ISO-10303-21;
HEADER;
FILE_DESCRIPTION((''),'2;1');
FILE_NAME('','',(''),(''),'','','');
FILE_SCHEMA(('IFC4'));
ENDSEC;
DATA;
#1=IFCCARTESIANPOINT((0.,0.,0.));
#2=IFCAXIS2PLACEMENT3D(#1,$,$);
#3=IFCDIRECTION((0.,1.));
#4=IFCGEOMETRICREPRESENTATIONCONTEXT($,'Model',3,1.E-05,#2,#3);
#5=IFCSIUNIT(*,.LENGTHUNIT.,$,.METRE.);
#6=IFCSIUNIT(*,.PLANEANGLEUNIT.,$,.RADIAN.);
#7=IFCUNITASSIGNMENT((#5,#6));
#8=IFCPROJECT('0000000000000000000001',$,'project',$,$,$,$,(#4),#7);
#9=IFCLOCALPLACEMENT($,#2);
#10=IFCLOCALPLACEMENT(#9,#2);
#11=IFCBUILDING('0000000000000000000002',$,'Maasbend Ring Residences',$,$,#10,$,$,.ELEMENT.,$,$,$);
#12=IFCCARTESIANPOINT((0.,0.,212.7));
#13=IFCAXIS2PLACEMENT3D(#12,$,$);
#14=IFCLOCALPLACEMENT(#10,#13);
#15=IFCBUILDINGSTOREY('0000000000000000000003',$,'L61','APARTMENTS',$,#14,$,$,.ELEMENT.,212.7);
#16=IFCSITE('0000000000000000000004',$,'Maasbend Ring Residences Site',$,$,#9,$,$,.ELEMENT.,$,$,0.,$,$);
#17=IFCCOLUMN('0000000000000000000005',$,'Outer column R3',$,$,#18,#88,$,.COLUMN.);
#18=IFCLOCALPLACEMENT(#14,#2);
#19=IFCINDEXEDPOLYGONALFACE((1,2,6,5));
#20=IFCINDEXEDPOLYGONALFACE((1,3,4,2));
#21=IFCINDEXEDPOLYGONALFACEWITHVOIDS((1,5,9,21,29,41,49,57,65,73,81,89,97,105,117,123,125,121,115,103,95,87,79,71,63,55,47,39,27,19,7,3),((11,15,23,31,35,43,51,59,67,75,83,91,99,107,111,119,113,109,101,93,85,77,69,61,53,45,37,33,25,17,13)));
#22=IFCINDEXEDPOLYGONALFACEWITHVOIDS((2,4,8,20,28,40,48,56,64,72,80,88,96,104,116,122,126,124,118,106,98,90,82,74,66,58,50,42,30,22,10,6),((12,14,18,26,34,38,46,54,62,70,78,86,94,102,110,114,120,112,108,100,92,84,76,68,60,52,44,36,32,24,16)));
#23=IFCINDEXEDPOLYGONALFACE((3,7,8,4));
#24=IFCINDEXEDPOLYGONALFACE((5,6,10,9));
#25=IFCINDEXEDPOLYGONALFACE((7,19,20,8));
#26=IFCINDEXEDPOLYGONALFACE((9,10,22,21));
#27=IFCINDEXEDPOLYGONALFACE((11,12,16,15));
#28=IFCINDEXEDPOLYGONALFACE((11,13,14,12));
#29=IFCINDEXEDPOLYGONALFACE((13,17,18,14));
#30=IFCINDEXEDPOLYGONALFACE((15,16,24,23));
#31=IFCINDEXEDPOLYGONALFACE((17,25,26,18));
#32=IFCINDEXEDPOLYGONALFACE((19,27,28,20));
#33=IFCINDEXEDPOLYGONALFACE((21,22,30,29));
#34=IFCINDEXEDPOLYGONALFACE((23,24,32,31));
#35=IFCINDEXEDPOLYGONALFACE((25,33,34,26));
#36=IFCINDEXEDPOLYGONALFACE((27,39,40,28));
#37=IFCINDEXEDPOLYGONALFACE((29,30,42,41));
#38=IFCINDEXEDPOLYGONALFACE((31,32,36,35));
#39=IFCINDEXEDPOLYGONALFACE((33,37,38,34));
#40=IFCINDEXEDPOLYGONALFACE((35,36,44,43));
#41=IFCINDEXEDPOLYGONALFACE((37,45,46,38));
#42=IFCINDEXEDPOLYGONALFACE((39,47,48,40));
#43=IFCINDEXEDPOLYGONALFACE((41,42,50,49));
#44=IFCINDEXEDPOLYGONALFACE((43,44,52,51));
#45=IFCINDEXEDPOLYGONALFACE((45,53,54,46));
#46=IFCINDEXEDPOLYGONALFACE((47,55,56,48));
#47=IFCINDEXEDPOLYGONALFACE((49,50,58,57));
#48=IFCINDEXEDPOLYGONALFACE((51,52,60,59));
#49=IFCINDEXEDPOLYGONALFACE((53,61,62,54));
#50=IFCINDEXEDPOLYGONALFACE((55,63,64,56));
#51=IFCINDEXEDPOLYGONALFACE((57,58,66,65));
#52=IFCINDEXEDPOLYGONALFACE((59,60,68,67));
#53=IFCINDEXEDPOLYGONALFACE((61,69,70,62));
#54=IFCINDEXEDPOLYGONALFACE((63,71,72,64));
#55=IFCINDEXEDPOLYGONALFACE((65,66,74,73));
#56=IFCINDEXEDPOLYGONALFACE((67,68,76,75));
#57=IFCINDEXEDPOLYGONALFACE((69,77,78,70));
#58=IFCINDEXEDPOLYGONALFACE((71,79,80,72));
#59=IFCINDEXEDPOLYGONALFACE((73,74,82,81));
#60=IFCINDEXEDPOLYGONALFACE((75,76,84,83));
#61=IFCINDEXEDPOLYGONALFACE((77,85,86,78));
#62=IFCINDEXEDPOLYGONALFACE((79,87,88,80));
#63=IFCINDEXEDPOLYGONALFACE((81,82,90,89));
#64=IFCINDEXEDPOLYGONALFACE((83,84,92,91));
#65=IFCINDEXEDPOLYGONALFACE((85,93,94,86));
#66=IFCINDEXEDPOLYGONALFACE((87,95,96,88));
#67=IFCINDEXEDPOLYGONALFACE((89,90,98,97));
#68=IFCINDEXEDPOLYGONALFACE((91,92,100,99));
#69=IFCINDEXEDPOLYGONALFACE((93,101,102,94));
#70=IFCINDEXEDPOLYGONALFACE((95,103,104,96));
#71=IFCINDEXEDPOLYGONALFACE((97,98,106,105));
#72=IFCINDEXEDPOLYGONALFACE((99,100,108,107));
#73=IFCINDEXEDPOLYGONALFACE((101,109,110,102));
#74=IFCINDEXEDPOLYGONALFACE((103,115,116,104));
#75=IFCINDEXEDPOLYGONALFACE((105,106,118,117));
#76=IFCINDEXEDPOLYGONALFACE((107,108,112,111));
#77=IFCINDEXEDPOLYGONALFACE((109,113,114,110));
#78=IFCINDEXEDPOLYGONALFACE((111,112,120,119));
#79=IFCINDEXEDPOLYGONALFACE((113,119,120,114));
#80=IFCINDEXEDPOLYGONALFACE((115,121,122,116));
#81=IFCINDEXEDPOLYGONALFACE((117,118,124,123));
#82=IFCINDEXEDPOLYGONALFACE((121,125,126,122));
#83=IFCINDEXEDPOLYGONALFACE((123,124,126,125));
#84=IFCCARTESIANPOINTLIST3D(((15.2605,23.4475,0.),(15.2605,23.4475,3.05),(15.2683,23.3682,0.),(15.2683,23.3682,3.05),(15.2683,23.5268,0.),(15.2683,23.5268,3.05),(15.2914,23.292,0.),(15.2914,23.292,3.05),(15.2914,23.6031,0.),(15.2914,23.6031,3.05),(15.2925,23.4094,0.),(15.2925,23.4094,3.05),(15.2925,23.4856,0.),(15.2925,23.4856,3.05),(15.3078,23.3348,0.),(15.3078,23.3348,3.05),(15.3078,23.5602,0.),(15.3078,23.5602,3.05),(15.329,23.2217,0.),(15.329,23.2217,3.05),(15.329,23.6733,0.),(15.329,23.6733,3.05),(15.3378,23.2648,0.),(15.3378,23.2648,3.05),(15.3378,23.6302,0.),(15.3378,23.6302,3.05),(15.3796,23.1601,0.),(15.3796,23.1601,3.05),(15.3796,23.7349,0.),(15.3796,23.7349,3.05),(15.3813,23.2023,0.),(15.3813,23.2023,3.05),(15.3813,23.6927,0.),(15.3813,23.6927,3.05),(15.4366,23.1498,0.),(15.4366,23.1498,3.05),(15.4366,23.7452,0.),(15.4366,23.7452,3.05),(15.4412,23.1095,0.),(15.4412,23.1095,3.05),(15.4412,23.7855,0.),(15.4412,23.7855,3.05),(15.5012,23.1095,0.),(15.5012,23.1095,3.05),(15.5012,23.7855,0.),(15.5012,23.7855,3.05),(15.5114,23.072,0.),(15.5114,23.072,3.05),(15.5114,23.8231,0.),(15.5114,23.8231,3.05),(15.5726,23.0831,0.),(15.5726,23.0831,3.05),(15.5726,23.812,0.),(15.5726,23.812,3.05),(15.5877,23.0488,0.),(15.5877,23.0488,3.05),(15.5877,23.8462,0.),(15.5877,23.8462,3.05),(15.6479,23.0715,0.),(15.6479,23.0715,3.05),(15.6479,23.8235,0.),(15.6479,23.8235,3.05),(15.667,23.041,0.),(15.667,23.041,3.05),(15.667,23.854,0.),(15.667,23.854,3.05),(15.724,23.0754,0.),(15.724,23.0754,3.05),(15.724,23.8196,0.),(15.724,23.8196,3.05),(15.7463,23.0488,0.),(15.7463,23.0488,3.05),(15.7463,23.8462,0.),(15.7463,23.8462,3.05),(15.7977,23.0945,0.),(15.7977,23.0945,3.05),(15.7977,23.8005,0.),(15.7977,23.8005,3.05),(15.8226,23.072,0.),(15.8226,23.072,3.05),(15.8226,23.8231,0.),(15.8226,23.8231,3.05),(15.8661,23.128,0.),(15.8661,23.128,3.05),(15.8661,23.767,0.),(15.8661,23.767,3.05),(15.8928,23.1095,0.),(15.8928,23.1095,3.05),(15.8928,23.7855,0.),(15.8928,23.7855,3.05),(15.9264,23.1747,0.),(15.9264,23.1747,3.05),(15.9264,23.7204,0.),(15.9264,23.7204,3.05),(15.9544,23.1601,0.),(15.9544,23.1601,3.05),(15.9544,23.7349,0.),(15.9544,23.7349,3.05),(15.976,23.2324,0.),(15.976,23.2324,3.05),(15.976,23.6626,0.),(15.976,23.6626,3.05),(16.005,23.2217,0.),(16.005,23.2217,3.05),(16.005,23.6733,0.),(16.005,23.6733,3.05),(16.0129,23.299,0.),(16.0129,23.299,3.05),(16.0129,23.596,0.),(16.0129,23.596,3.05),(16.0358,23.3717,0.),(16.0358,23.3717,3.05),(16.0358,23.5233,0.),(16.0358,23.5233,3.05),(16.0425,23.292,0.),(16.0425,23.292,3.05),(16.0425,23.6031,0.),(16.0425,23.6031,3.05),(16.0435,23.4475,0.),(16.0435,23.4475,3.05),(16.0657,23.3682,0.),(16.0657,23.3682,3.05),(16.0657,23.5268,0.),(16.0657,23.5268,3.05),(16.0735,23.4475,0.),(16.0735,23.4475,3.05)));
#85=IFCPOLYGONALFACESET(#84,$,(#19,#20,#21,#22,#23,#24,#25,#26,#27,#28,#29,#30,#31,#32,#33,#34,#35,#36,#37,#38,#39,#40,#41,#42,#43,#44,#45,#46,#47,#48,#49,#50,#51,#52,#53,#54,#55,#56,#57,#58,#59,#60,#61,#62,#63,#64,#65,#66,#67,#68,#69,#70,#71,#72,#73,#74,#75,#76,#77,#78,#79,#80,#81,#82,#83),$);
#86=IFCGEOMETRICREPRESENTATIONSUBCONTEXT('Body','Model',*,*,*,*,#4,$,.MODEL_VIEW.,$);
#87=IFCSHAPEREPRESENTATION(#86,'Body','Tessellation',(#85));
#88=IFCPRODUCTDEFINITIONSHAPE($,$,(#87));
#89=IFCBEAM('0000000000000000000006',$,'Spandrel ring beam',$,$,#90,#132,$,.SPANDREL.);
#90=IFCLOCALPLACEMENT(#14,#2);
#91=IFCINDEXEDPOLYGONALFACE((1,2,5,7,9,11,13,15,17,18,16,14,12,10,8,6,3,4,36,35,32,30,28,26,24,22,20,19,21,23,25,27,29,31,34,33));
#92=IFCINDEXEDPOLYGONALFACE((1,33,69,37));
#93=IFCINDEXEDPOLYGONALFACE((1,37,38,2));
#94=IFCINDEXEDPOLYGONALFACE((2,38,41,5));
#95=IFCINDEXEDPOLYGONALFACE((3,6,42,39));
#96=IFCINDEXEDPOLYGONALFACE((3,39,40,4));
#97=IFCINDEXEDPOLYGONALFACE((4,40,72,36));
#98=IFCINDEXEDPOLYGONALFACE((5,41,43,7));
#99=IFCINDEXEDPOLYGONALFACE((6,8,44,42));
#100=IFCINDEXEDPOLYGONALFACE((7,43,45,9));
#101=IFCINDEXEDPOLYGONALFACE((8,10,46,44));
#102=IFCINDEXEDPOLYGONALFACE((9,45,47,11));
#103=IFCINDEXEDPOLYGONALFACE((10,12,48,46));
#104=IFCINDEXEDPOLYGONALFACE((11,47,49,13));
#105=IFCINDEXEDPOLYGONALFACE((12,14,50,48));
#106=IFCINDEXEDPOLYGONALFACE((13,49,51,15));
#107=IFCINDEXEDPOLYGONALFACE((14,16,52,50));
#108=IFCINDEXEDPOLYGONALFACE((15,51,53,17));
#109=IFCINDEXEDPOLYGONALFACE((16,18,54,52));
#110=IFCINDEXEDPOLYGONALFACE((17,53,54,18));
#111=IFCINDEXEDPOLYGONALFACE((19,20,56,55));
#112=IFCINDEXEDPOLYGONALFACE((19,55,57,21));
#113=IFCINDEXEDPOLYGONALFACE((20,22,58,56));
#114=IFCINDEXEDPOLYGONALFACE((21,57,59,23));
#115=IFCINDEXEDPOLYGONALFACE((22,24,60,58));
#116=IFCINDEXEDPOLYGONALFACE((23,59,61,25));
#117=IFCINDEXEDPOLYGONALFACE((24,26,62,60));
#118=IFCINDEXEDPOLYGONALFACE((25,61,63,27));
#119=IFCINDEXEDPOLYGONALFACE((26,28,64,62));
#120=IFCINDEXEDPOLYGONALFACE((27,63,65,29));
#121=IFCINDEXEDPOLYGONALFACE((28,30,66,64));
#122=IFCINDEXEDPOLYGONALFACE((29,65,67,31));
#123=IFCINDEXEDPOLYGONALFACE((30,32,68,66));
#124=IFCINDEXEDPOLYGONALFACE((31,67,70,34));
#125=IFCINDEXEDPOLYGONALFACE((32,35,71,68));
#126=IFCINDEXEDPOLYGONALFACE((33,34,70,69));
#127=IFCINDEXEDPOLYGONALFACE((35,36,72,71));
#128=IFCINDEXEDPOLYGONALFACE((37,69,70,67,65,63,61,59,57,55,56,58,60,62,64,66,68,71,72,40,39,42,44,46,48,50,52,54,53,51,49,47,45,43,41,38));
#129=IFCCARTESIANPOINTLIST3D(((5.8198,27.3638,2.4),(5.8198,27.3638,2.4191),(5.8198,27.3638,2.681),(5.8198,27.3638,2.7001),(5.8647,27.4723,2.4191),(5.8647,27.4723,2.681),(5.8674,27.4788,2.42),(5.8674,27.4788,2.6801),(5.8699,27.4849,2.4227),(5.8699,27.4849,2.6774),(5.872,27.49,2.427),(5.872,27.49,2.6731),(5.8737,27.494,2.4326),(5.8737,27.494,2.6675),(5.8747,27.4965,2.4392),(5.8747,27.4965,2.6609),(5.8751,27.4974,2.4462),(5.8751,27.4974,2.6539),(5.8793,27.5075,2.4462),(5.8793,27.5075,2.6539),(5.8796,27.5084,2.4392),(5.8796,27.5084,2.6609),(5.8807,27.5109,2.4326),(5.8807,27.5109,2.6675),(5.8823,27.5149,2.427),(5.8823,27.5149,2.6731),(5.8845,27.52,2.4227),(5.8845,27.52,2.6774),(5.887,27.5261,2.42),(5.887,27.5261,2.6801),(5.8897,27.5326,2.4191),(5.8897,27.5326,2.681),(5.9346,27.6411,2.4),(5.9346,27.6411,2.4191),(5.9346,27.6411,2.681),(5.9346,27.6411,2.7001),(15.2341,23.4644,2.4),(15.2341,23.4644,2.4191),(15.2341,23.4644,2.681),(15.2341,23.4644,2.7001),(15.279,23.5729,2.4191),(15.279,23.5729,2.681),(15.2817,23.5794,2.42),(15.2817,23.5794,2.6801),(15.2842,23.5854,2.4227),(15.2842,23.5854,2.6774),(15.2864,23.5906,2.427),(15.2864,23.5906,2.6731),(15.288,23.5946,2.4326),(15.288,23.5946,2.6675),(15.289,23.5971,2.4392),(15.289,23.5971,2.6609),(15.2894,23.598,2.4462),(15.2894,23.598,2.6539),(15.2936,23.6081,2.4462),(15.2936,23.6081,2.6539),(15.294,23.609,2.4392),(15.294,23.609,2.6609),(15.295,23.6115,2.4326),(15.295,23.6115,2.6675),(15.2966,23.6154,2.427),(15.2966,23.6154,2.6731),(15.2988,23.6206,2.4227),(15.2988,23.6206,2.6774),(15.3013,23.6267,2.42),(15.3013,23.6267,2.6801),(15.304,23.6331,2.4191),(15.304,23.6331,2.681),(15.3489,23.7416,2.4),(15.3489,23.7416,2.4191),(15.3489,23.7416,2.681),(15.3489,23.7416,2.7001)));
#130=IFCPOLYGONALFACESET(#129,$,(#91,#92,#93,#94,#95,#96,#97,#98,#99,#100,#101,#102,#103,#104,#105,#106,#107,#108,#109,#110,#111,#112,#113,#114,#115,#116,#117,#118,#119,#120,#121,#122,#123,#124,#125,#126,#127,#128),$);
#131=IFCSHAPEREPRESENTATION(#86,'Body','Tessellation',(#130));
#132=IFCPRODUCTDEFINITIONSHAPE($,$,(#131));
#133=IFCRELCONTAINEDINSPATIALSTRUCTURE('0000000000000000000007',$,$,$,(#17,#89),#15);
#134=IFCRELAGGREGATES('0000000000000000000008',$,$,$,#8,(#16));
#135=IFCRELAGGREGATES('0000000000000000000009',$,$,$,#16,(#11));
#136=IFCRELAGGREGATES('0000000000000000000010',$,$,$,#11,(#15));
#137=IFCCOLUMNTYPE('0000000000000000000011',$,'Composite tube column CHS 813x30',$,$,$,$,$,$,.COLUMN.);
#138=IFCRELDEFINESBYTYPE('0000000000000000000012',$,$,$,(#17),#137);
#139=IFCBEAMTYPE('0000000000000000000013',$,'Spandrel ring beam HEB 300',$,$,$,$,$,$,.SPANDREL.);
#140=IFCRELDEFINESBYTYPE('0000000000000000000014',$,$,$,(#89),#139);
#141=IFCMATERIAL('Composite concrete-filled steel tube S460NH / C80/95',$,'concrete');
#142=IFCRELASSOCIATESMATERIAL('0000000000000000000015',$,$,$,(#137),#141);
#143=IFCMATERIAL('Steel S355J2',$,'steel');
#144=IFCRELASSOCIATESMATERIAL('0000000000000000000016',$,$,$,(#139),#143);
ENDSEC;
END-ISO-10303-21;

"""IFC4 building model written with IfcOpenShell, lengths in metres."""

from ifc_helpers import new_model, si_unit, direction, frame, origin, origin_2d, place, context, subcontext, project, spatial, hollow_circle, i_section, extrude, material, material_profile, profile_set, type_object, element, save


model = new_model("IFC4")

# Units and contexts
model_context = context("Model", 3, precision=1e-05, world=origin(), true_north=direction((0.0, 1.0)))
body_context = subcontext(model_context, "Body", "Model", "MODEL_VIEW")
ifc_project = project(units=[si_unit("LENGTHUNIT", "METRE"), si_unit("PLANEANGLEUNIT", "RADIAN")], contexts=[model_context])

# Site, building, storey
site_placement = place(None, origin())
site = spatial("IfcSite", under=ifc_project, at=site_placement, Name="Maasbend Ring Residences Site", CompositionType="ELEMENT", RefElevation=0.0)
building_placement = place(site_placement, origin())
building = spatial("IfcBuilding", under=site, at=building_placement, Name="Maasbend Ring Residences", CompositionType="ELEMENT")
storey_placement = place(building_placement, frame((0.0, 0.0, 212.7)))
storey = spatial("IfcBuildingStorey", under=building, at=storey_placement, Name="L61", Description="APARTMENTS", CompositionType="ELEMENT", Elevation=212.7)

# Column
ifc_material_1 = material(Name="Composite concrete-filled steel tube S460NH / C80/95", Category="concrete")
ifc_material_profile_1 = material_profile(ifc_material_1, hollow_circle(Radius=0.4065, WallThickness=0.03, at=origin_2d()), Name="Composite tube column CHS 813x30")
ifc_profile_set_1 = profile_set([ifc_material_profile_1], Name="Composite concrete-filled steel tube S460NH / C80/95")
column_type = type_object("IfcColumnType", Name="Composite tube column CHS 813x30", PredefinedType="COLUMN", material=ifc_profile_set_1)
column_placement = place(storey_placement, frame((15.667, 23.4475, 0.0), z_axis=(0.0, 0.0, 1.0), x_axis=(1.0, 0.0, 0.0)))
element("IfcColumn", 1, at=column_placement, inside=storey, type_object=column_type, Name="Outer column R3", PredefinedType="COLUMN", context=body_context, shape_type="SweptSolid", body=[
    extrude(hollow_circle(Radius=0.4065, WallThickness=0.03, at=origin_2d()), origin(), (0.0, 0.0, 1.0), 3.05),
])

# Beam
ifc_material_2 = material(Name="Steel S355J2", Category="steel")
ifc_material_profile_2 = material_profile(ifc_material_2, i_section(OverallWidth=0.3, OverallDepth=0.3, WebThickness=0.011, FlangeThickness=0.019, FilletRadius=0.0271, at=origin_2d()), Name="HEB 300")
ifc_profile_set_2 = profile_set([ifc_material_profile_2], Name="Steel S355J2")
beam_type = type_object("IfcBeamType", Name="Spandrel ring beam HEB 300", PredefinedType="SPANDREL", material=ifc_profile_set_2)
beam_placement = place(storey_placement, frame((15.2915, 23.603, 2.55), z_axis=(-0.923884, 0.382673, 0.0), x_axis=(-0.382673, -0.923884, 0.0)))
element("IfcBeam", 2, at=beam_placement, inside=storey, type_object=beam_type, Name="Spandrel ring beam", PredefinedType="SPANDREL", context=body_context, shape_type="SweptSolid", body=[
    extrude(i_section(OverallWidth=0.3, OverallDepth=0.3, WebThickness=0.011, FlangeThickness=0.019, FilletRadius=0.0271, at=origin_2d()), origin(), (0.0, 0.0, 1.0), 10.1899),
])

save(model, "model.ifc")
